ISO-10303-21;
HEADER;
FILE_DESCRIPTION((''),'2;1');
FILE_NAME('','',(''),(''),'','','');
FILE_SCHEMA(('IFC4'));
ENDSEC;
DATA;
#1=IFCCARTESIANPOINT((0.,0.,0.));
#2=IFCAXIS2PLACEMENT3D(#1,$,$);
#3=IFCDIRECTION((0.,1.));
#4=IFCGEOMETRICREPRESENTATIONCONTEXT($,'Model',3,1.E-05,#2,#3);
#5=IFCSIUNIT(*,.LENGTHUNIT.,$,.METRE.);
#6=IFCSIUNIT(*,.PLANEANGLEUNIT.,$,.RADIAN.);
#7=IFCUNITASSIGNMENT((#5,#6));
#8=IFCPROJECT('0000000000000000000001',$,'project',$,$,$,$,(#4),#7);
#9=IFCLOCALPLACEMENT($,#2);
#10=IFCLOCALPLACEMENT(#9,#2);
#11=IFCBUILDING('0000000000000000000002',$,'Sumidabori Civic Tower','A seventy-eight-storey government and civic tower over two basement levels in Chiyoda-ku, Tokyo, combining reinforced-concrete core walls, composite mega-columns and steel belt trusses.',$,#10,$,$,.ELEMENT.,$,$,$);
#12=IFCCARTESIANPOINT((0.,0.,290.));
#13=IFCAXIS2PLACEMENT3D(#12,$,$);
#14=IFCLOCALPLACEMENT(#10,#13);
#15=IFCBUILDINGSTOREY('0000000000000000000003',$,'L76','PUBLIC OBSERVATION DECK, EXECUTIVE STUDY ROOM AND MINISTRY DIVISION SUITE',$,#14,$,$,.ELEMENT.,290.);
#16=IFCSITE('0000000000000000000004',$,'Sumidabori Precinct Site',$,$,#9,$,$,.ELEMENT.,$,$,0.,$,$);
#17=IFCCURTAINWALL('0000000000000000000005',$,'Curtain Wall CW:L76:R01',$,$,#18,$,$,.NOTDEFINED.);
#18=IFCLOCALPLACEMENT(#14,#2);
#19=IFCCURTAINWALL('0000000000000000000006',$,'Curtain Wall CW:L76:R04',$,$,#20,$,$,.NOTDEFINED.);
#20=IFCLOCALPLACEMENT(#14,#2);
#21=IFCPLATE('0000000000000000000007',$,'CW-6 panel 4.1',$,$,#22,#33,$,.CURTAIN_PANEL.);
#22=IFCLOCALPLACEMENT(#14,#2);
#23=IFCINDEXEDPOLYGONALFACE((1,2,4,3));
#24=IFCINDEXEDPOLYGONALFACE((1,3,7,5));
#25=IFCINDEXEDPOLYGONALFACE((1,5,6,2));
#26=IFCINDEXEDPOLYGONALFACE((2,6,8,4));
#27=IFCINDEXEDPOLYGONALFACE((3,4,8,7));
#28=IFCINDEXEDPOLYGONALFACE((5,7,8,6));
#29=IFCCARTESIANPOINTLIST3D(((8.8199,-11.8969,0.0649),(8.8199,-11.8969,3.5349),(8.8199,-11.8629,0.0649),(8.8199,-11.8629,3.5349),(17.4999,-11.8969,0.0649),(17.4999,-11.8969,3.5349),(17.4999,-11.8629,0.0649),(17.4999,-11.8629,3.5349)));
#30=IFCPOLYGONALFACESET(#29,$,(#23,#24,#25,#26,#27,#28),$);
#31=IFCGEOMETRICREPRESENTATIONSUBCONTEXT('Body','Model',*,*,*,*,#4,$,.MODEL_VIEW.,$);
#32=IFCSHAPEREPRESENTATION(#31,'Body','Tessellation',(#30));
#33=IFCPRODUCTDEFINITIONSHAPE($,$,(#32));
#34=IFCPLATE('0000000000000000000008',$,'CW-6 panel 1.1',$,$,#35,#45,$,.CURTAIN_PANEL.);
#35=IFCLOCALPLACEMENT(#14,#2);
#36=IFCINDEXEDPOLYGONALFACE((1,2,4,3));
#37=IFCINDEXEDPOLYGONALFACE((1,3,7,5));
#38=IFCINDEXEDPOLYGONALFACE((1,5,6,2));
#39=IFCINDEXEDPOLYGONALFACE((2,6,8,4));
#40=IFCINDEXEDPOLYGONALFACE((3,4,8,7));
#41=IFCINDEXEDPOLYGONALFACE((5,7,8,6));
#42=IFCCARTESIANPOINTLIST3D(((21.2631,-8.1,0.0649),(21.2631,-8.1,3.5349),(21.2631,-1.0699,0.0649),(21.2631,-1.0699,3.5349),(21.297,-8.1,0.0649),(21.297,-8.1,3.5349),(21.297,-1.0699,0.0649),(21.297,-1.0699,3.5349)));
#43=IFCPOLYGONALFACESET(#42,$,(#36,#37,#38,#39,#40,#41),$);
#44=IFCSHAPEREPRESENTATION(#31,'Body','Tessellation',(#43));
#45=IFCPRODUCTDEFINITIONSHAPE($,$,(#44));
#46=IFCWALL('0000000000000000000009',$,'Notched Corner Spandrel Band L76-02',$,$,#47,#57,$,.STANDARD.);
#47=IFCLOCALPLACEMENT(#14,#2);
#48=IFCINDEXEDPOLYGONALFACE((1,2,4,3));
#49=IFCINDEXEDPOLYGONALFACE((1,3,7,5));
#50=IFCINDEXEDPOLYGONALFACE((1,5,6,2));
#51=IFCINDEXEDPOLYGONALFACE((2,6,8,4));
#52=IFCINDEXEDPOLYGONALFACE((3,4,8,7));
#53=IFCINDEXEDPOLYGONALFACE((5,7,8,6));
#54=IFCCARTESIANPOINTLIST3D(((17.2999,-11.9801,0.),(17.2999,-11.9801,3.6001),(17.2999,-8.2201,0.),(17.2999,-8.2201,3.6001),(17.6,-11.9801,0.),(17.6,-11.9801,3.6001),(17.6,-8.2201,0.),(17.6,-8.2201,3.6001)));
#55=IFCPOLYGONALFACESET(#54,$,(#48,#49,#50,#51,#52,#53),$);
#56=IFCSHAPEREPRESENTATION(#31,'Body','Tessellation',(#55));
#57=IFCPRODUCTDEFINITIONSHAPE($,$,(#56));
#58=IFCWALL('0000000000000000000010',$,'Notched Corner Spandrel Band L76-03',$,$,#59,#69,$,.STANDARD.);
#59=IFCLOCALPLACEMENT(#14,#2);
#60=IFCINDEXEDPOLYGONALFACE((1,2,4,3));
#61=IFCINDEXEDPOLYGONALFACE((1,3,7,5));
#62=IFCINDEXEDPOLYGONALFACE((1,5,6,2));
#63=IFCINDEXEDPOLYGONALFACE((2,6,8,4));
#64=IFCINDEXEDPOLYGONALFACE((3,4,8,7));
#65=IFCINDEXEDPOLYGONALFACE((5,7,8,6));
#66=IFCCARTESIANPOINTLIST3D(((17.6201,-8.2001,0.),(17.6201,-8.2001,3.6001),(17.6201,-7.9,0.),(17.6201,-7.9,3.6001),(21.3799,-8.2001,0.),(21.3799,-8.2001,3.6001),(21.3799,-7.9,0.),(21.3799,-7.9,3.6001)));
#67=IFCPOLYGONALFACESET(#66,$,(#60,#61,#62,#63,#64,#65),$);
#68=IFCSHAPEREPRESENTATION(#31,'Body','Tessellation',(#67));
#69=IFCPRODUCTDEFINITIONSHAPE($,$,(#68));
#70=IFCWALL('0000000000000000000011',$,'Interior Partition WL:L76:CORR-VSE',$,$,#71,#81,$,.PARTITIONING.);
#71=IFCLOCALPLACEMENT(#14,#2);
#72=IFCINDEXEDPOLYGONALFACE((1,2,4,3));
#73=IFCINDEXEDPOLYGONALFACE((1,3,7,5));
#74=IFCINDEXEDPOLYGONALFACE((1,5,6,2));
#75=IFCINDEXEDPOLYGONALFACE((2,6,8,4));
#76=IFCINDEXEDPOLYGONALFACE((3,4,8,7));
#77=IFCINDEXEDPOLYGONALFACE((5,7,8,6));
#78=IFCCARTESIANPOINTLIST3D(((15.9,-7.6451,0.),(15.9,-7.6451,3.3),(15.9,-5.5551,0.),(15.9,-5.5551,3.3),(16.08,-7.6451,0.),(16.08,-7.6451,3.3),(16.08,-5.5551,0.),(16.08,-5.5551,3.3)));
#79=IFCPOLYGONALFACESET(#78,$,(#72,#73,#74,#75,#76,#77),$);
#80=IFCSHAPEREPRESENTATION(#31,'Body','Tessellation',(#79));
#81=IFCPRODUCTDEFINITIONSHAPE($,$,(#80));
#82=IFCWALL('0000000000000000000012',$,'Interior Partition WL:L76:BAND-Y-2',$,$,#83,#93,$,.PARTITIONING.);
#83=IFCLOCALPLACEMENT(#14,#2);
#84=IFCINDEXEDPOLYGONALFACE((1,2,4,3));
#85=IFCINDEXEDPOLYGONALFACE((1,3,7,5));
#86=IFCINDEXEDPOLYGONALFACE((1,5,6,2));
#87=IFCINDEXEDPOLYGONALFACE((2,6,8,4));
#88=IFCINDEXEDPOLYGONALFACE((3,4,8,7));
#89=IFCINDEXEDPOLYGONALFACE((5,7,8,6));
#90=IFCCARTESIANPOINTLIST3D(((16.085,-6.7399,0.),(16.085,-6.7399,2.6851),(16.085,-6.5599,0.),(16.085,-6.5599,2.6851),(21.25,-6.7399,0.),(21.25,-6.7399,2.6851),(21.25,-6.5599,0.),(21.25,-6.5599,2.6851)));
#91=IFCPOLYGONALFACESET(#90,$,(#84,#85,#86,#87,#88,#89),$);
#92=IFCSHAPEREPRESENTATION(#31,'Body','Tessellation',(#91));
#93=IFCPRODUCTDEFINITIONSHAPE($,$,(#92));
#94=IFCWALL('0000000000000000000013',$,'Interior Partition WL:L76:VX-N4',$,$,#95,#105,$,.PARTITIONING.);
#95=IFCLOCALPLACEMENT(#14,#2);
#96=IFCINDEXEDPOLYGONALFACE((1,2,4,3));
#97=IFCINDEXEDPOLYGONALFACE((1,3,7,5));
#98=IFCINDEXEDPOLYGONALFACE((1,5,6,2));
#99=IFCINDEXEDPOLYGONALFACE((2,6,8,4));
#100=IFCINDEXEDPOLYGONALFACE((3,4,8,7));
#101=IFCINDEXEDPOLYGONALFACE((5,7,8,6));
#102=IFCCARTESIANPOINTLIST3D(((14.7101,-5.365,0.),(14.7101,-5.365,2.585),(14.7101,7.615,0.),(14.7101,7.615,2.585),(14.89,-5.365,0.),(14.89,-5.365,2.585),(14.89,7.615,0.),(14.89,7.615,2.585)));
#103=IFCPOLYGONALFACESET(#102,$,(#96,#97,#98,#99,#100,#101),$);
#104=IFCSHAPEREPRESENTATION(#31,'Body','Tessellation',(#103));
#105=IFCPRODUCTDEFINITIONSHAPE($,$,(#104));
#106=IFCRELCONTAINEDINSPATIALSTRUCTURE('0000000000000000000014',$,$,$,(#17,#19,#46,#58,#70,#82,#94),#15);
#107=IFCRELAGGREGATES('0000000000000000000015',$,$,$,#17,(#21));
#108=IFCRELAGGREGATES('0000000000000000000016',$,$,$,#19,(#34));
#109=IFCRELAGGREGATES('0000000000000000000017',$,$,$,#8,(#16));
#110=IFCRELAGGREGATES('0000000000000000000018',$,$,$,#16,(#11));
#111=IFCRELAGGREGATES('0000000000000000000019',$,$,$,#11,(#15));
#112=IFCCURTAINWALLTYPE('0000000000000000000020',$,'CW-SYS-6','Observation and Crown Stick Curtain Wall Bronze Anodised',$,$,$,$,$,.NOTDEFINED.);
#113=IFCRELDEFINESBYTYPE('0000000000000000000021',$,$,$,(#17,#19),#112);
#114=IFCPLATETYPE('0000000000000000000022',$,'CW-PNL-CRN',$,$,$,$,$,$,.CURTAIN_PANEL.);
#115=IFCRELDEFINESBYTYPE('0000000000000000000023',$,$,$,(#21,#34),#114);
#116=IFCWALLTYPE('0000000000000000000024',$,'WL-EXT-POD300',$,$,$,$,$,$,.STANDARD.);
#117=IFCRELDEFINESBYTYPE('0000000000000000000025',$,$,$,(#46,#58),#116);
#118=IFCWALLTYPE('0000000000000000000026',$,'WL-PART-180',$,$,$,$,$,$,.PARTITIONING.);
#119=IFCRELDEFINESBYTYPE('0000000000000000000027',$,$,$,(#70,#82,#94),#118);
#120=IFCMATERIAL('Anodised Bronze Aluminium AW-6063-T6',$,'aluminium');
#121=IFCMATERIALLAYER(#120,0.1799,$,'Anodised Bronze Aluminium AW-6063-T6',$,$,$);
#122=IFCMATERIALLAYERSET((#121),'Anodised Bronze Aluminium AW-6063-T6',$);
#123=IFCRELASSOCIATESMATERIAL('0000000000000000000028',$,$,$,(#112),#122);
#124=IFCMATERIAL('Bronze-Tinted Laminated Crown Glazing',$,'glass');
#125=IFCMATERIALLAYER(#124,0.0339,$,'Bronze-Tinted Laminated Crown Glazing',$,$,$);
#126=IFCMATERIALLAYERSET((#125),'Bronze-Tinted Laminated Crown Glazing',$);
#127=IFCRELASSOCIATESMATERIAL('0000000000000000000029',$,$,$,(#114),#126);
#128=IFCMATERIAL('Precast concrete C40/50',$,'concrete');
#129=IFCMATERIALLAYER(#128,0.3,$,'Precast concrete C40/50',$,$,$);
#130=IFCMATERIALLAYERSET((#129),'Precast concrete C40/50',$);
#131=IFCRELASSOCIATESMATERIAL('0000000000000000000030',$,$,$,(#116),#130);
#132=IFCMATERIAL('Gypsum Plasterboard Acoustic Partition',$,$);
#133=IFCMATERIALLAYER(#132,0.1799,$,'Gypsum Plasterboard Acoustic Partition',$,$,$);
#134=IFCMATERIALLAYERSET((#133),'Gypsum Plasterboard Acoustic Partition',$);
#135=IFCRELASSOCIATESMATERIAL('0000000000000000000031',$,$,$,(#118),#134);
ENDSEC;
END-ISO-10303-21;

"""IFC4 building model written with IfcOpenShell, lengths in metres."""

from ifc_helpers import new_model, si_unit, direction, frame, frame_2d, origin, origin_2d, place, context, subcontext, project, spatial, rectangle, extrude, source, transform, mapped, material, layer, layer_set, type_object, element, aggregate, save


model = new_model("IFC4")

# Units and contexts
model_context = context("Model", 3, precision=1e-05, world=origin(), true_north=direction((0.0, 1.0)))
body_context = subcontext(model_context, "Body", "Model", "MODEL_VIEW")
ifc_project = project(units=[si_unit("LENGTHUNIT", "METRE"), si_unit("PLANEANGLEUNIT", "RADIAN")], contexts=[model_context])

# Site, building, storey
site_placement = place(None, origin())
site = spatial("IfcSite", under=ifc_project, at=site_placement, Name="Sumidabori Precinct Site", CompositionType="ELEMENT", RefElevation=0.0)
building_placement = place(site_placement, origin())
building = spatial("IfcBuilding", under=site, at=building_placement, Name="Sumidabori Civic Tower", Description="A seventy-eight-storey government and civic tower over two basement levels in Chiyoda-ku, Tokyo, combining reinforced-concrete core walls, composite mega-columns and steel belt trusses.", CompositionType="ELEMENT")
storey_placement = place(building_placement, frame((0.0, 0.0, 290.0)))
storey = spatial("IfcBuildingStorey", under=building, at=storey_placement, Name="L76", Description="PUBLIC OBSERVATION DECK, EXECUTIVE STUDY ROOM AND MINISTRY DIVISION SUITE", CompositionType="ELEMENT", Elevation=290.0)

# Curtain walls
ifc_material_1 = material(Name="Anodised Bronze Aluminium AW-6063-T6", Category="aluminium")
ifc_layer_1 = layer(ifc_material_1, 0.1799, Name="Anodised Bronze Aluminium AW-6063-T6")
ifc_layer_set_1 = layer_set([ifc_layer_1], Name="Anodised Bronze Aluminium AW-6063-T6")
curtain_wall_type = type_object("IfcCurtainWallType", Name="CW-SYS-6", Description="Observation and Crown Stick Curtain Wall Bronze Anodised", PredefinedType="NOTDEFINED", material=ifc_layer_set_1)
curtain_wall_1_placement = place(storey_placement, origin())
curtain_wall_1 = element("IfcCurtainWall", 1, at=curtain_wall_1_placement, inside=storey, type_object=curtain_wall_type, Name="Curtain Wall CW:L76:R01", PredefinedType="NOTDEFINED")
curtain_wall_2_placement = place(storey_placement, origin())
curtain_wall_2 = element("IfcCurtainWall", 2, at=curtain_wall_2_placement, inside=storey, type_object=curtain_wall_type, Name="Curtain Wall CW:L76:R04", PredefinedType="NOTDEFINED")

# Plates
ifc_material_2 = material(Name="Bronze-Tinted Laminated Crown Glazing", Category="glass")
ifc_layer_2 = layer(ifc_material_2, 0.0339, Name="Bronze-Tinted Laminated Crown Glazing")
ifc_layer_set_2 = layer_set([ifc_layer_2], Name="Bronze-Tinted Laminated Crown Glazing")
plate_type = type_object("IfcPlateType", Name="CW-PNL-CRN", PredefinedType="CURTAIN_PANEL", material=ifc_layer_set_2)
shared_shape_1 = source(origin(), body_context, "Body", "SweptSolid", [
    extrude(rectangle(XDim=8.6799, YDim=0.0339, at=origin_2d()), origin(), (0.0, 0.0, 1.0), 3.47),
])
plate_1_placement = place(storey_placement, frame((13.1599, -11.8799, 0.0649), z_axis=(0.0, 0.0, 1.0), x_axis=(1.0, 0.0, 0.0)))
plate_1 = element("IfcPlate", 3, at=plate_1_placement, type_object=plate_type, Name="CW-6 panel 4.1", PredefinedType="CURTAIN_PANEL", context=body_context, shape_type="MappedRepresentation", body=[
    mapped(shared_shape_1, transform((0.0, 0.0, 0.0), x_axis=(1.0, 0.0, 0.0), y_axis=(0.0, 1.0, 0.0), z_axis=(0.0, 0.0, 1.0), scale=1.0)),
])
aggregate(curtain_wall_1, [plate_1])
shared_shape_2 = source(origin(), body_context, "Body", "SweptSolid", [
    extrude(rectangle(XDim=7.03, YDim=0.0339, at=origin_2d()), origin(), (0.0, 0.0, 1.0), 3.47),
])
plate_2_placement = place(storey_placement, frame((21.28, -4.585, 0.0649), z_axis=(0.0, 0.0, 1.0), x_axis=(0.0, 1.0, 0.0)))
plate_2 = element("IfcPlate", 4, at=plate_2_placement, type_object=plate_type, Name="CW-6 panel 1.1", PredefinedType="CURTAIN_PANEL", context=body_context, shape_type="MappedRepresentation", body=[
    mapped(shared_shape_2, transform((0.0, 0.0, 0.0), x_axis=(1.0, 0.0, 0.0), y_axis=(0.0, 1.0, 0.0), z_axis=(0.0, 0.0, 1.0), scale=1.0)),
])
aggregate(curtain_wall_2, [plate_2])

# Walls
ifc_material_3 = material(Name="Precast concrete C40/50", Category="concrete")
ifc_layer_3 = layer(ifc_material_3, 0.3, Name="Precast concrete C40/50")
ifc_layer_set_3 = layer_set([ifc_layer_3], Name="Precast concrete C40/50")
wall_type_1 = type_object("IfcWallType", Name="WL-EXT-POD300", PredefinedType="STANDARD", material=ifc_layer_set_3)
shared_shape_3 = source(origin(), body_context, "Body", "SweptSolid", [
    extrude(rectangle(XDim=3.76, YDim=0.3, at=frame_2d((1.8799, 0.0))), origin(), (0.0, 0.0, 1.0), 3.6001),
])
wall_1_placement = place(storey_placement, frame((17.45, -11.98, 0.0), z_axis=(0.0, 0.0, 1.0), x_axis=(0.0, 1.0, 0.0)))
element("IfcWall", 5, at=wall_1_placement, inside=storey, type_object=wall_type_1, Name="Notched Corner Spandrel Band L76-02", PredefinedType="STANDARD", context=body_context, shape_type="MappedRepresentation", body=[
    mapped(shared_shape_3, transform((0.0, 0.0, 0.0), x_axis=(1.0, 0.0, 0.0), y_axis=(0.0, 1.0, 0.0), z_axis=(0.0, 0.0, 1.0), scale=1.0)),
])
shared_shape_4 = source(origin(), body_context, "Body", "SweptSolid", [
    extrude(rectangle(XDim=3.7598, YDim=0.3, at=frame_2d((1.8799, 0.0))), origin(), (0.0, 0.0, 1.0), 3.6001),
])
wall_2_placement = place(storey_placement, frame((17.6201, -8.05, 0.0), z_axis=(0.0, 0.0, 1.0), x_axis=(1.0, 0.0, 0.0)))
element("IfcWall", 6, at=wall_2_placement, inside=storey, type_object=wall_type_1, Name="Notched Corner Spandrel Band L76-03", PredefinedType="STANDARD", context=body_context, shape_type="MappedRepresentation", body=[
    mapped(shared_shape_4, transform((0.0, 0.0, 0.0), x_axis=(1.0, 0.0, 0.0), y_axis=(0.0, 1.0, 0.0), z_axis=(0.0, 0.0, 1.0), scale=1.0)),
])
ifc_material_4 = material(Name="Gypsum Plasterboard Acoustic Partition")
ifc_layer_4 = layer(ifc_material_4, 0.1799, Name="Gypsum Plasterboard Acoustic Partition")
ifc_layer_set_4 = layer_set([ifc_layer_4], Name="Gypsum Plasterboard Acoustic Partition")
wall_type_2 = type_object("IfcWallType", Name="WL-PART-180", PredefinedType="PARTITIONING", material=ifc_layer_set_4)
shared_shape_5 = source(origin(), body_context, "Body", "SweptSolid", [
    extrude(rectangle(XDim=2.0901, YDim=0.1799, at=frame_2d((1.0449, 0.0))), origin(), (0.0, 0.0, 1.0), 3.3),
])
wall_3_placement = place(storey_placement, frame((15.99, -7.645, 0.0), z_axis=(0.0, 0.0, 1.0), x_axis=(0.0, 1.0, 0.0)))
element("IfcWall", 7, at=wall_3_placement, inside=storey, type_object=wall_type_2, Name="Interior Partition WL:L76:CORR-VSE", PredefinedType="PARTITIONING", context=body_context, shape_type="MappedRepresentation", body=[
    mapped(shared_shape_5, transform((0.0, 0.0, 0.0), x_axis=(1.0, 0.0, 0.0), y_axis=(0.0, 1.0, 0.0), z_axis=(0.0, 0.0, 1.0), scale=1.0)),
])
shared_shape_6 = source(origin(), body_context, "Body", "SweptSolid", [
    extrude(rectangle(XDim=5.165, YDim=0.1799, at=frame_2d((2.5825, 0.0))), origin(), (0.0, 0.0, 1.0), 2.6851),
])
wall_4_placement = place(storey_placement, frame((16.085, -6.6499, 0.0), z_axis=(0.0, 0.0, 1.0), x_axis=(1.0, 0.0, 0.0)))
element("IfcWall", 8, at=wall_4_placement, inside=storey, type_object=wall_type_2, Name="Interior Partition WL:L76:BAND-Y-2", PredefinedType="PARTITIONING", context=body_context, shape_type="MappedRepresentation", body=[
    mapped(shared_shape_6, transform((0.0, 0.0, 0.0), x_axis=(1.0, 0.0, 0.0), y_axis=(0.0, 1.0, 0.0), z_axis=(0.0, 0.0, 1.0), scale=1.0)),
])
shared_shape_7 = source(origin(), body_context, "Body", "SweptSolid", [
    extrude(rectangle(XDim=12.98, YDim=0.1799, at=frame_2d((6.49, 0.0))), origin(), (0.0, 0.0, 1.0), 2.585),
])
wall_5_placement = place(storey_placement, frame((14.8, -5.365, 0.0), z_axis=(0.0, 0.0, 1.0), x_axis=(0.0, 1.0, 0.0)))
element("IfcWall", 9, at=wall_5_placement, inside=storey, type_object=wall_type_2, Name="Interior Partition WL:L76:VX-N4", PredefinedType="PARTITIONING", context=body_context, shape_type="MappedRepresentation", body=[
    mapped(shared_shape_7, transform((0.0, 0.0, 0.0), x_axis=(1.0, 0.0, 0.0), y_axis=(0.0, 1.0, 0.0), z_axis=(0.0, 0.0, 1.0), scale=1.0)),
])

save(model, "model.ifc")
